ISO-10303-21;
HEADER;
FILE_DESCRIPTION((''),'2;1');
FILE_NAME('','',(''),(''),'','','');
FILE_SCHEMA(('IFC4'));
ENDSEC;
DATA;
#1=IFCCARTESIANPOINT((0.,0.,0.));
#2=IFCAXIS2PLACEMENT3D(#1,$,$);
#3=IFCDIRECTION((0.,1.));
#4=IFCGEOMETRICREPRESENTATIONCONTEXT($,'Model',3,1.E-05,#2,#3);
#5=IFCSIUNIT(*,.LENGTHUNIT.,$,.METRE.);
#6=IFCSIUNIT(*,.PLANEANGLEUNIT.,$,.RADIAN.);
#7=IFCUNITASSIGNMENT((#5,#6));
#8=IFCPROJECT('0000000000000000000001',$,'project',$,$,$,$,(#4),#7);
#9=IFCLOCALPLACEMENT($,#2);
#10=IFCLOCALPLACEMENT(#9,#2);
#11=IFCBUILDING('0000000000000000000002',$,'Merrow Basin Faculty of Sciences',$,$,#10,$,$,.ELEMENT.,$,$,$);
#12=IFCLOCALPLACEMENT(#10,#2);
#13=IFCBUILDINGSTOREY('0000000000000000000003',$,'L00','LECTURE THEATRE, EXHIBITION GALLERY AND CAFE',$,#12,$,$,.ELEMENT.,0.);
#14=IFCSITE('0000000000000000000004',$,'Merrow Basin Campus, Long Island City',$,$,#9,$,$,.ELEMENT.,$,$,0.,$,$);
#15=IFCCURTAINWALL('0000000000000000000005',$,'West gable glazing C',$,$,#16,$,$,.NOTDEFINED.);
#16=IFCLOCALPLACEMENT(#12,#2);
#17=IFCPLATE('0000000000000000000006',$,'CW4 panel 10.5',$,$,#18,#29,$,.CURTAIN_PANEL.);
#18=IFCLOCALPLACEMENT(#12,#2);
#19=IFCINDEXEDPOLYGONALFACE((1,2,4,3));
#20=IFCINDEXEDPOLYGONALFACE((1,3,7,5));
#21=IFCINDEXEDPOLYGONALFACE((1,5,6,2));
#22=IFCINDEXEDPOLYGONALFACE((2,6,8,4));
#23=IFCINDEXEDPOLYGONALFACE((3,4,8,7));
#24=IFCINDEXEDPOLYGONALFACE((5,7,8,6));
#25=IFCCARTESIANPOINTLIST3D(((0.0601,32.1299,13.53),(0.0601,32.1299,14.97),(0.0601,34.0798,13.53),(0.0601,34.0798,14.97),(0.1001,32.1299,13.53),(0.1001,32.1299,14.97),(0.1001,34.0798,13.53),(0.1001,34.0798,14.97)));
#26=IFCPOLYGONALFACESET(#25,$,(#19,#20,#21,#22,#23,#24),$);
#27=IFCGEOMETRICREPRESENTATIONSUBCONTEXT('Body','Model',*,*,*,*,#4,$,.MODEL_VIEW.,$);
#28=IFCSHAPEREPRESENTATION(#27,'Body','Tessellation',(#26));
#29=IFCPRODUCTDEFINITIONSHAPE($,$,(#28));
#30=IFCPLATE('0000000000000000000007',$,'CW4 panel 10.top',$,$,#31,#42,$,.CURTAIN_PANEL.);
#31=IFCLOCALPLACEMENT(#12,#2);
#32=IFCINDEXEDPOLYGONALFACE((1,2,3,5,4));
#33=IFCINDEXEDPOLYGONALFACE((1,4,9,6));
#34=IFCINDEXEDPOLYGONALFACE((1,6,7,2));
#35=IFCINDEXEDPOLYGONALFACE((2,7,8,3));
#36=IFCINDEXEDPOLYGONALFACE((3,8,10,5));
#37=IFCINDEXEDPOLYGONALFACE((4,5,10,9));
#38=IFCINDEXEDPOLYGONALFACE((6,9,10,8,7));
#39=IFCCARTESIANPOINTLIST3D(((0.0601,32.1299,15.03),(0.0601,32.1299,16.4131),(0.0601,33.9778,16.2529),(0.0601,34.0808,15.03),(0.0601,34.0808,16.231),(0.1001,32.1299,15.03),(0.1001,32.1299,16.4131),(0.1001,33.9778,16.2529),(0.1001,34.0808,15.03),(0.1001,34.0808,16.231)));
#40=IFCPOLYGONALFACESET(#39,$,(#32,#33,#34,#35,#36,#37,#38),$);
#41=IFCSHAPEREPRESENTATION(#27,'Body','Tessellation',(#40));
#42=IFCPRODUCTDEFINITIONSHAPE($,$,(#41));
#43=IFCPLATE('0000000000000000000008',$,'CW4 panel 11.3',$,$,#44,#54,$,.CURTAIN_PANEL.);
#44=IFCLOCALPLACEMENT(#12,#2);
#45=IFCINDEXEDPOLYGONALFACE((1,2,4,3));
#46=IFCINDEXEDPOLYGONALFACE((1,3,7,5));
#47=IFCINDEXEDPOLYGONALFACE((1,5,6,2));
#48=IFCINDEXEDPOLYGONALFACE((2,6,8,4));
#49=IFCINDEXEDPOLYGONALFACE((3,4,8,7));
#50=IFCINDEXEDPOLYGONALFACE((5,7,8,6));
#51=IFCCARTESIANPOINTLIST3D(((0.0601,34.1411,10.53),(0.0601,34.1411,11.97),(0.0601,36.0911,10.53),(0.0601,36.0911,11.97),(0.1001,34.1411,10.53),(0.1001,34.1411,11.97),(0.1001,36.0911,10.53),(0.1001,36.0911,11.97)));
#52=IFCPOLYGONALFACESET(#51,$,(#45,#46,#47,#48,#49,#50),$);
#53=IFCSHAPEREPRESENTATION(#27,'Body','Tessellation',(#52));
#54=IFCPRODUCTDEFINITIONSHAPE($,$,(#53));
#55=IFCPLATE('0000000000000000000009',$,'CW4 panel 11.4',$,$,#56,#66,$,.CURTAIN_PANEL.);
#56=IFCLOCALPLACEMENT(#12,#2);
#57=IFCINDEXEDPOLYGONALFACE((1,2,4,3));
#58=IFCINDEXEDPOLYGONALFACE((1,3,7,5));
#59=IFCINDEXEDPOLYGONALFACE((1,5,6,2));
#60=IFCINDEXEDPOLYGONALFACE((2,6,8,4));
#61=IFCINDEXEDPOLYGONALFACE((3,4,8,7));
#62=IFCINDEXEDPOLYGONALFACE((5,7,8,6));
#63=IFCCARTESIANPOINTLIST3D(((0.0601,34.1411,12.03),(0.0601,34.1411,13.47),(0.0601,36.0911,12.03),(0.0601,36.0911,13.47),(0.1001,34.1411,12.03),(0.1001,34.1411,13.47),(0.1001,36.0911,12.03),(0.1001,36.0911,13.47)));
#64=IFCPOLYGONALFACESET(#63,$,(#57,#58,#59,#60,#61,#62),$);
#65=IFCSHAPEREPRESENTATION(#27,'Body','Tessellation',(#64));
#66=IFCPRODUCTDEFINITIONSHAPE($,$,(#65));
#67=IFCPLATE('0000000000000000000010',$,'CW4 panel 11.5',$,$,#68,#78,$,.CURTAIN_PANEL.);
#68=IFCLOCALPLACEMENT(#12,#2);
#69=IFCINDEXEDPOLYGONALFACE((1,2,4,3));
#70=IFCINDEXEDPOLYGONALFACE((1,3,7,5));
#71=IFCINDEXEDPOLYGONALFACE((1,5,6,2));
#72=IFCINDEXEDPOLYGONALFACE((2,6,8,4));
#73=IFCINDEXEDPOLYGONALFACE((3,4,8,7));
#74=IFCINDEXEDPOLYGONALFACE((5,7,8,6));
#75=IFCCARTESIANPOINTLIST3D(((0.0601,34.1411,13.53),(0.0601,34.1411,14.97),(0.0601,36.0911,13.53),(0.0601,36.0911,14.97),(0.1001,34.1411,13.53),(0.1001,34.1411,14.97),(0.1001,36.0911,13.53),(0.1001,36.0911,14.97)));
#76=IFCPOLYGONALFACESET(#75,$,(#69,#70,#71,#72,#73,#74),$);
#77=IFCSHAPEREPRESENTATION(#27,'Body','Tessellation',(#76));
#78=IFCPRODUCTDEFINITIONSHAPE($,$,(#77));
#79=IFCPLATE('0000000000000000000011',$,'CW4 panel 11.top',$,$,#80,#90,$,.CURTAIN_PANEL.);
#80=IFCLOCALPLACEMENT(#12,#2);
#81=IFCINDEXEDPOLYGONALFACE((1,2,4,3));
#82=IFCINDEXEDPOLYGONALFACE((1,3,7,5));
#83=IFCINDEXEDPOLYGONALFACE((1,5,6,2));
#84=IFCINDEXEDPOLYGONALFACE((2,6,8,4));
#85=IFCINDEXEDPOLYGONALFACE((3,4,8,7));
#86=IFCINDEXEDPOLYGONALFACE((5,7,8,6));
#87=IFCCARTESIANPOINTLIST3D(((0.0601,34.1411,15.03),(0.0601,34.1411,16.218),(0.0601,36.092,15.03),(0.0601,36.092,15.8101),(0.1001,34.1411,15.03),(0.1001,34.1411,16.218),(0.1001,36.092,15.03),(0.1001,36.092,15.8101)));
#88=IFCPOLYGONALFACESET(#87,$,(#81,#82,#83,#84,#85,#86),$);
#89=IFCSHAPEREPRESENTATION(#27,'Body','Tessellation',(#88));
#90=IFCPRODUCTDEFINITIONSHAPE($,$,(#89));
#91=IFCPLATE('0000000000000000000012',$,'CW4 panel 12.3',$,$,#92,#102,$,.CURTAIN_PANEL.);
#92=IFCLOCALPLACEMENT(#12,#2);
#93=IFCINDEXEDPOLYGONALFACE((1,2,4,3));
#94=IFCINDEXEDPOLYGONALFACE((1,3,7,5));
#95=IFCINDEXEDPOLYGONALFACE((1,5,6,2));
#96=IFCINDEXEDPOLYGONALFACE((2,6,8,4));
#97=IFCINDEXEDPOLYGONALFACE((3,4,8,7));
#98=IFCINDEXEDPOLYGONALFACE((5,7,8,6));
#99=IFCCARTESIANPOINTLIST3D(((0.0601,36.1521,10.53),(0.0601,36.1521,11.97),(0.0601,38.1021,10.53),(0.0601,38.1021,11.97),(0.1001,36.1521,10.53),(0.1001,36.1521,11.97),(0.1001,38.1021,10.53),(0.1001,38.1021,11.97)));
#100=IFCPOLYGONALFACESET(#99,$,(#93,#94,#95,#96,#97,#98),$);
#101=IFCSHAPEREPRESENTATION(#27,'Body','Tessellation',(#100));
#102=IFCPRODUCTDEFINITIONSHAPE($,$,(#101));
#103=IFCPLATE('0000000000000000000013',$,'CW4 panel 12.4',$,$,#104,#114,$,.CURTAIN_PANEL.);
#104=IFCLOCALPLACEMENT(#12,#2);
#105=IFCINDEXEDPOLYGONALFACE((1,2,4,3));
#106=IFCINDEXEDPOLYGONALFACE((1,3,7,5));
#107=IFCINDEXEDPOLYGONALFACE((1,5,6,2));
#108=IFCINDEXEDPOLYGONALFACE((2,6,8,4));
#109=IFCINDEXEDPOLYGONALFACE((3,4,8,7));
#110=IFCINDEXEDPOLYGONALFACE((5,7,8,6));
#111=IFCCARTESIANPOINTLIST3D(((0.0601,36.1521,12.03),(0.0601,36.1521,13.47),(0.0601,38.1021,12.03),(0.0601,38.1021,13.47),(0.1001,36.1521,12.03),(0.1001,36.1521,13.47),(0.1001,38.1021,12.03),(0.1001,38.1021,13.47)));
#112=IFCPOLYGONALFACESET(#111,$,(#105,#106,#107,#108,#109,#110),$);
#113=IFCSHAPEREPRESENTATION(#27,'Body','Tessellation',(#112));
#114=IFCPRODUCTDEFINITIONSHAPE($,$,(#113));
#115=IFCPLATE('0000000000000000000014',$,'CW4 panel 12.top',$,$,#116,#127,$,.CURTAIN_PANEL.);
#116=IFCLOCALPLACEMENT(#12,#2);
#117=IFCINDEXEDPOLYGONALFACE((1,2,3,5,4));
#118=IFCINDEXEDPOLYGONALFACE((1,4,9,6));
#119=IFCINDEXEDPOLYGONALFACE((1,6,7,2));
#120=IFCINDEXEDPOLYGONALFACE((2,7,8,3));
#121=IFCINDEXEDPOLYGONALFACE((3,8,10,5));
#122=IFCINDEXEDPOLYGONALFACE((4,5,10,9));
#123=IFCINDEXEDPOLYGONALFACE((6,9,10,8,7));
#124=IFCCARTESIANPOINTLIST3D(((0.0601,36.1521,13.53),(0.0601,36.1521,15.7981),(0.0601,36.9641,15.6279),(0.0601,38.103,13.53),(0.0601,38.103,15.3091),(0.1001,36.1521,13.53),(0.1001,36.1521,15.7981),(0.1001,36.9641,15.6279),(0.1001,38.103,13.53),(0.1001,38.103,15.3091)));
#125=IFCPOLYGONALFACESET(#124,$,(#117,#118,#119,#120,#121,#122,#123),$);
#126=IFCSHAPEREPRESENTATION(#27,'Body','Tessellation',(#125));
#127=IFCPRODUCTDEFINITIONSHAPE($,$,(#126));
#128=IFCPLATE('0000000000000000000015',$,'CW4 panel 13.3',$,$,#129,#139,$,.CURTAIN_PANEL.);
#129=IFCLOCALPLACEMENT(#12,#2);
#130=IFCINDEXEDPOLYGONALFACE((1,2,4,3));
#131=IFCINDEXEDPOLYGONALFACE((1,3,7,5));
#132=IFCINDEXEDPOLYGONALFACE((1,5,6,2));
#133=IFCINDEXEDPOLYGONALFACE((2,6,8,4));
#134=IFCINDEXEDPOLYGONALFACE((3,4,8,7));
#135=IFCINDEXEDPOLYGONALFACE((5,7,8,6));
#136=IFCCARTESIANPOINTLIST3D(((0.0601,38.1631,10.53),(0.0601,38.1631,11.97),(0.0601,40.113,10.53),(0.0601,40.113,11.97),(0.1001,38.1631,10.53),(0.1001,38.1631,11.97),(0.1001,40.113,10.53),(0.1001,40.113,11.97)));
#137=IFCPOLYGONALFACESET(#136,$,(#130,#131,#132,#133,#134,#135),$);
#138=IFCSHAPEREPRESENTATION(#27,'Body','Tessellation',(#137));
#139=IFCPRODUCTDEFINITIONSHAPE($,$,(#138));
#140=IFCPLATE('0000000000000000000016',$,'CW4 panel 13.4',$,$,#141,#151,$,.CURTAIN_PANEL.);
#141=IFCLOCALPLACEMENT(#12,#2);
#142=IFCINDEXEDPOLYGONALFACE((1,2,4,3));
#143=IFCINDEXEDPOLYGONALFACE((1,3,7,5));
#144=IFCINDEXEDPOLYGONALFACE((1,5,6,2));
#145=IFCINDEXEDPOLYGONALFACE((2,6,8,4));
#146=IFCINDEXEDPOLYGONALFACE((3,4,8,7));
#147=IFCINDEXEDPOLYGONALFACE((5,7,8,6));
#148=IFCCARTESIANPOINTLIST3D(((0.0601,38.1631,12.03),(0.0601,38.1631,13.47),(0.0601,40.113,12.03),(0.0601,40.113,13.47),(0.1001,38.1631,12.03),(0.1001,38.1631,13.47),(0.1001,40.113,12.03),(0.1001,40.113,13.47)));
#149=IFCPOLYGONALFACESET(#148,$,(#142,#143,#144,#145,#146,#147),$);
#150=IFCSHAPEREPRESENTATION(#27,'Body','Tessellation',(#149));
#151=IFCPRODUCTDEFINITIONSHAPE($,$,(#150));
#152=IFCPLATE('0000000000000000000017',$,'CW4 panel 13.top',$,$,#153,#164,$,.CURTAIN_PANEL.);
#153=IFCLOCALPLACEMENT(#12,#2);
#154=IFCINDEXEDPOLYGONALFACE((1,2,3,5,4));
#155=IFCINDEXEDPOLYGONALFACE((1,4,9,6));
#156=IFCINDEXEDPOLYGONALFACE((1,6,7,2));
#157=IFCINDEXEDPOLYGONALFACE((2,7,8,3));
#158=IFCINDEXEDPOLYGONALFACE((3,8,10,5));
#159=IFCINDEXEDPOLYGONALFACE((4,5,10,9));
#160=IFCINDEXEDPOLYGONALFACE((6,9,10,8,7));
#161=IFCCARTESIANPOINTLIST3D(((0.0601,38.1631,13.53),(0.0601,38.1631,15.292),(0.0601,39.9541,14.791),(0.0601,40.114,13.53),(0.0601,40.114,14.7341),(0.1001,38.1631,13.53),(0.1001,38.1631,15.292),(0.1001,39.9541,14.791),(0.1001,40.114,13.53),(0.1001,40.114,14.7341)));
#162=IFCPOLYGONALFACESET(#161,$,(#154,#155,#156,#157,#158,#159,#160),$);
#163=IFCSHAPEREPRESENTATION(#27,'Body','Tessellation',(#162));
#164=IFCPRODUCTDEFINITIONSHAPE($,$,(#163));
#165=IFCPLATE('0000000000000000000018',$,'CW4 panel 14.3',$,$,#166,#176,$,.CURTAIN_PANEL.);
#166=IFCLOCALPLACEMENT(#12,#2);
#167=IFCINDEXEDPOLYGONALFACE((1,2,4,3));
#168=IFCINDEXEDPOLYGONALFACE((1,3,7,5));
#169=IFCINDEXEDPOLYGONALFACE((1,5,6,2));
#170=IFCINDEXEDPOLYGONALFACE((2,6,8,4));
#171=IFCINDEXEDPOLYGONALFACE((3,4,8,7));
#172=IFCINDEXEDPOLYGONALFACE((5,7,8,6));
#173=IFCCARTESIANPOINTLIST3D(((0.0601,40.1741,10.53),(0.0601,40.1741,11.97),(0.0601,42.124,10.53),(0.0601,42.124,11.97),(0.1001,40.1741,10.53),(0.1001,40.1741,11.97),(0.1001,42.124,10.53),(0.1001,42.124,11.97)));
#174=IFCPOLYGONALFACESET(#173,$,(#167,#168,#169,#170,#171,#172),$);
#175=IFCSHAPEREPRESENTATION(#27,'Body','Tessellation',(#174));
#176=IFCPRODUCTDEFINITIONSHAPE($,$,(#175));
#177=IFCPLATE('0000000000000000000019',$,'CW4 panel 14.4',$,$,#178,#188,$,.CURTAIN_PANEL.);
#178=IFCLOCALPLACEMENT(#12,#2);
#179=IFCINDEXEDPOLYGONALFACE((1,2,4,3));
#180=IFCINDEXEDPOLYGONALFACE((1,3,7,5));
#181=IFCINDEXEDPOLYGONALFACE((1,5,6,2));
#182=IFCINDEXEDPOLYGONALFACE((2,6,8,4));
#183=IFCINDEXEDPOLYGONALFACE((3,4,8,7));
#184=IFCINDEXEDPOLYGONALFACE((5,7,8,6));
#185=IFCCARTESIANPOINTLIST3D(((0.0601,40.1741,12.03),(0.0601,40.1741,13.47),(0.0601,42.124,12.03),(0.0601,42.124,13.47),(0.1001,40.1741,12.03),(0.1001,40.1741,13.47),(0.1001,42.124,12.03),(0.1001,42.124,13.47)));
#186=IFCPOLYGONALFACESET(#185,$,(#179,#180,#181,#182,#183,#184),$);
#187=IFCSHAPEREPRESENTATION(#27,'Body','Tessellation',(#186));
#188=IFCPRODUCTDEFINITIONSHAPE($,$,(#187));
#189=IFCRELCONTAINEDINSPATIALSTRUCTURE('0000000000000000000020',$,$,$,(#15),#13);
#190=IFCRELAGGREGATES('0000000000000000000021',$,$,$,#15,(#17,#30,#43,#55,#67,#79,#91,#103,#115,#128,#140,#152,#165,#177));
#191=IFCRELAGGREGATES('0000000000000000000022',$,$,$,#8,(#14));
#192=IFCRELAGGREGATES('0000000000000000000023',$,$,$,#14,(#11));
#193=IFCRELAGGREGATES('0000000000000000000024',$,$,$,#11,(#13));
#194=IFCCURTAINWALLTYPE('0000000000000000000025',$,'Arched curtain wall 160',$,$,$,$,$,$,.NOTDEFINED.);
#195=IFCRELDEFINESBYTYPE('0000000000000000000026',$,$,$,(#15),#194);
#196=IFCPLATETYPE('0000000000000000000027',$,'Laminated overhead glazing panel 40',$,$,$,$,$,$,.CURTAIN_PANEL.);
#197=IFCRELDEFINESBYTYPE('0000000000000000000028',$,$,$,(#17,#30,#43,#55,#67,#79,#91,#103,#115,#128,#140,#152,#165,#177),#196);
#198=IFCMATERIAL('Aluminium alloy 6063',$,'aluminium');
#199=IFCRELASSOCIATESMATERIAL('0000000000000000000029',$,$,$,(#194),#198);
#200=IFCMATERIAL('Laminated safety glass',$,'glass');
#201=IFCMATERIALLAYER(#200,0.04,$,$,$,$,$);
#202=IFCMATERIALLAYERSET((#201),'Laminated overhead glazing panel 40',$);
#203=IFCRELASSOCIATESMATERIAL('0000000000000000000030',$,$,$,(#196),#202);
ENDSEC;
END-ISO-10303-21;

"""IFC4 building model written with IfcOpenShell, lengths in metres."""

from ifc_helpers import new_model, si_unit, direction, frame, origin, place, context, subcontext, project, spatial, polyline, outline, extrude, material, layer, layer_set, type_object, element, aggregate, save


model = new_model("IFC4")

# Units and contexts
model_context = context("Model", 3, precision=1e-05, world=origin(), true_north=direction((0.0, 1.0)))
body_context = subcontext(model_context, "Body", "Model", "MODEL_VIEW")
ifc_project = project(units=[si_unit("LENGTHUNIT", "METRE"), si_unit("PLANEANGLEUNIT", "RADIAN")], contexts=[model_context])

# Site, building, storey
site_placement = place(None, origin())
site = spatial("IfcSite", under=ifc_project, at=site_placement, Name="Merrow Basin Campus, Long Island City", CompositionType="ELEMENT", RefElevation=0.0)
building_placement = place(site_placement, origin())
building = spatial("IfcBuilding", under=site, at=building_placement, Name="Merrow Basin Faculty of Sciences", CompositionType="ELEMENT")
storey_placement = place(building_placement, origin())
storey = spatial("IfcBuildingStorey", under=building, at=storey_placement, Name="L00", Description="LECTURE THEATRE, EXHIBITION GALLERY AND CAFE", CompositionType="ELEMENT", Elevation=0.0)

# Curtain wall, plates
ifc_material_1 = material(Name="Aluminium alloy 6063", Category="aluminium")
curtain_wall_type = type_object("IfcCurtainWallType", Name="Arched curtain wall 160", PredefinedType="NOTDEFINED", material=ifc_material_1)
curtain_wall_placement = place(storey_placement, origin())
curtain_wall = element("IfcCurtainWall", 1, at=curtain_wall_placement, inside=storey, type_object=curtain_wall_type, Name="West gable glazing C", PredefinedType="NOTDEFINED")
ifc_material_2 = material(Name="Laminated safety glass", Category="glass")
ifc_layer = layer(ifc_material_2, 0.04)
ifc_layer_set = layer_set([ifc_layer], Name="Laminated overhead glazing panel 40")
plate_type = type_object("IfcPlateType", Name="Laminated overhead glazing panel 40", PredefinedType="CURTAIN_PANEL", material=ifc_layer_set)
plate_1_placement = place(storey_placement, frame((0.0601, 32.1299, 13.53), z_axis=(1.0, 0.0, 0.0), x_axis=(0.0, 1.0, 0.0)))
plate_1 = element("IfcPlate", 2, at=plate_1_placement, type_object=plate_type, Name="CW4 panel 10.5", PredefinedType="CURTAIN_PANEL", context=body_context, shape_type="SweptSolid", body=[
    extrude(outline(polyline([(0.0, 0.0), (1.95, 0.0), (1.95, 1.4399), (0.0, 1.4399), (0.0, 0.0)])), origin(), (0.0, 0.0, 1.0), 0.04),
])
plate_2_placement = place(storey_placement, frame((0.0601, 32.1299, 15.03), z_axis=(1.0, 0.0, 0.0), x_axis=(0.0, 1.0, 0.0)))
plate_2 = element("IfcPlate", 3, at=plate_2_placement, type_object=plate_type, Name="CW4 panel 10.top", PredefinedType="CURTAIN_PANEL", context=body_context, shape_type="SweptSolid", body=[
    extrude(outline(polyline([(0.0, 0.0), (1.9509, 0.0), (1.9509, 1.2009), (1.8479, 1.2229), (0.0, 1.3831), (0.0, 0.0)])), origin(), (0.0, 0.0, 1.0), 0.04),
])
plate_3_placement = place(storey_placement, frame((0.0601, 34.1411, 10.53), z_axis=(1.0, 0.0, 0.0), x_axis=(0.0, 1.0, 0.0)))
plate_3 = element("IfcPlate", 4, at=plate_3_placement, type_object=plate_type, Name="CW4 panel 11.3", PredefinedType="CURTAIN_PANEL", context=body_context, shape_type="SweptSolid", body=[
    extrude(outline(polyline([(0.0, 0.0), (1.95, 0.0), (1.95, 1.4399), (0.0, 1.4399), (0.0, 0.0)])), origin(), (0.0, 0.0, 1.0), 0.04),
])
plate_4_placement = place(storey_placement, frame((0.0601, 34.1411, 12.03), z_axis=(1.0, 0.0, 0.0), x_axis=(0.0, 1.0, 0.0)))
plate_4 = element("IfcPlate", 5, at=plate_4_placement, type_object=plate_type, Name="CW4 panel 11.4", PredefinedType="CURTAIN_PANEL", context=body_context, shape_type="SweptSolid", body=[
    extrude(outline(polyline([(0.0, 0.0), (1.95, 0.0), (1.95, 1.4399), (0.0, 1.4399), (0.0, 0.0)])), origin(), (0.0, 0.0, 1.0), 0.04),
])
plate_5_placement = place(storey_placement, frame((0.0601, 34.1411, 13.53), z_axis=(1.0, 0.0, 0.0), x_axis=(0.0, 1.0, 0.0)))
plate_5 = element("IfcPlate", 6, at=plate_5_placement, type_object=plate_type, Name="CW4 panel 11.5", PredefinedType="CURTAIN_PANEL", context=body_context, shape_type="SweptSolid", body=[
    extrude(outline(polyline([(0.0, 0.0), (1.95, 0.0), (1.95, 1.4399), (0.0, 1.4399), (0.0, 0.0)])), origin(), (0.0, 0.0, 1.0), 0.04),
])
plate_6_placement = place(storey_placement, frame((0.0601, 34.1411, 15.03), z_axis=(1.0, 0.0, 0.0), x_axis=(0.0, 1.0, 0.0)))
plate_6 = element("IfcPlate", 7, at=plate_6_placement, type_object=plate_type, Name="CW4 panel 11.top", PredefinedType="CURTAIN_PANEL", context=body_context, shape_type="SweptSolid", body=[
    extrude(outline(polyline([(0.0, 0.0), (1.9509, 0.0), (1.9509, 0.78), (0.0, 1.188), (0.0, 0.0)])), origin(), (0.0, 0.0, 1.0), 0.04),
])
plate_7_placement = place(storey_placement, frame((0.0601, 36.1521, 10.53), z_axis=(1.0, 0.0, 0.0), x_axis=(0.0, 1.0, 0.0)))
plate_7 = element("IfcPlate", 8, at=plate_7_placement, type_object=plate_type, Name="CW4 panel 12.3", PredefinedType="CURTAIN_PANEL", context=body_context, shape_type="SweptSolid", body=[
    extrude(outline(polyline([(0.0, 0.0), (1.95, 0.0), (1.95, 1.4399), (0.0, 1.4399), (0.0, 0.0)])), origin(), (0.0, 0.0, 1.0), 0.04),
])
plate_8_placement = place(storey_placement, frame((0.0601, 36.1521, 12.03), z_axis=(1.0, 0.0, 0.0), x_axis=(0.0, 1.0, 0.0)))
plate_8 = element("IfcPlate", 9, at=plate_8_placement, type_object=plate_type, Name="CW4 panel 12.4", PredefinedType="CURTAIN_PANEL", context=body_context, shape_type="SweptSolid", body=[
    extrude(outline(polyline([(0.0, 0.0), (1.95, 0.0), (1.95, 1.4399), (0.0, 1.4399), (0.0, 0.0)])), origin(), (0.0, 0.0, 1.0), 0.04),
])
plate_9_placement = place(storey_placement, frame((0.0601, 36.1521, 13.53), z_axis=(1.0, 0.0, 0.0), x_axis=(0.0, 1.0, 0.0)))
plate_9 = element("IfcPlate", 10, at=plate_9_placement, type_object=plate_type, Name="CW4 panel 12.top", PredefinedType="CURTAIN_PANEL", context=body_context, shape_type="SweptSolid", body=[
    extrude(outline(polyline([(0.0, 0.0), (1.9509, 0.0), (1.9509, 1.7791), (0.812, 2.0979), (0.0, 2.2681), (0.0, 0.0)])), origin(), (0.0, 0.0, 1.0), 0.04),
])
plate_10_placement = place(storey_placement, frame((0.0601, 38.1631, 10.53), z_axis=(1.0, 0.0, 0.0), x_axis=(0.0, 1.0, 0.0)))
plate_10 = element("IfcPlate", 11, at=plate_10_placement, type_object=plate_type, Name="CW4 panel 13.3", PredefinedType="CURTAIN_PANEL", context=body_context, shape_type="SweptSolid", body=[
    extrude(outline(polyline([(0.0, 0.0), (1.95, 0.0), (1.95, 1.4399), (0.0, 1.4399), (0.0, 0.0)])), origin(), (0.0, 0.0, 1.0), 0.04),
])
plate_11_placement = place(storey_placement, frame((0.0601, 38.1631, 12.03), z_axis=(1.0, 0.0, 0.0), x_axis=(0.0, 1.0, 0.0)))
plate_11 = element("IfcPlate", 12, at=plate_11_placement, type_object=plate_type, Name="CW4 panel 13.4", PredefinedType="CURTAIN_PANEL", context=body_context, shape_type="SweptSolid", body=[
    extrude(outline(polyline([(0.0, 0.0), (1.95, 0.0), (1.95, 1.4399), (0.0, 1.4399), (0.0, 0.0)])), origin(), (0.0, 0.0, 1.0), 0.04),
])
plate_12_placement = place(storey_placement, frame((0.0601, 38.1631, 13.53), z_axis=(1.0, 0.0, 0.0), x_axis=(0.0, 1.0, 0.0)))
plate_12 = element("IfcPlate", 13, at=plate_12_placement, type_object=plate_type, Name="CW4 panel 13.top", PredefinedType="CURTAIN_PANEL", context=body_context, shape_type="SweptSolid", body=[
    extrude(outline(polyline([(0.0, 0.0), (1.9509, 0.0), (1.9509, 1.2041), (1.791, 1.261), (0.0, 1.762), (0.0, 0.0)])), origin(), (0.0, 0.0, 1.0), 0.04),
])
plate_13_placement = place(storey_placement, frame((0.0601, 40.1741, 10.53), z_axis=(1.0, 0.0, 0.0), x_axis=(0.0, 1.0, 0.0)))
plate_13 = element("IfcPlate", 14, at=plate_13_placement, type_object=plate_type, Name="CW4 panel 14.3", PredefinedType="CURTAIN_PANEL", context=body_context, shape_type="SweptSolid", body=[
    extrude(outline(polyline([(0.0, 0.0), (1.95, 0.0), (1.95, 1.4399), (0.0, 1.4399), (0.0, 0.0)])), origin(), (0.0, 0.0, 1.0), 0.04),
])
plate_14_placement = place(storey_placement, frame((0.0601, 40.1741, 12.03), z_axis=(1.0, 0.0, 0.0), x_axis=(0.0, 1.0, 0.0)))
plate_14 = element("IfcPlate", 15, at=plate_14_placement, type_object=plate_type, Name="CW4 panel 14.4", PredefinedType="CURTAIN_PANEL", context=body_context, shape_type="SweptSolid", body=[
    extrude(outline(polyline([(0.0, 0.0), (1.95, 0.0), (1.95, 1.4399), (0.0, 1.4399), (0.0, 0.0)])), origin(), (0.0, 0.0, 1.0), 0.04),
])
aggregate(curtain_wall, [plate_1, plate_2, plate_3, plate_4, plate_5, plate_6, plate_7, plate_8, plate_9, plate_10, plate_11, plate_12, plate_13, plate_14])

save(model, "model.ifc")
